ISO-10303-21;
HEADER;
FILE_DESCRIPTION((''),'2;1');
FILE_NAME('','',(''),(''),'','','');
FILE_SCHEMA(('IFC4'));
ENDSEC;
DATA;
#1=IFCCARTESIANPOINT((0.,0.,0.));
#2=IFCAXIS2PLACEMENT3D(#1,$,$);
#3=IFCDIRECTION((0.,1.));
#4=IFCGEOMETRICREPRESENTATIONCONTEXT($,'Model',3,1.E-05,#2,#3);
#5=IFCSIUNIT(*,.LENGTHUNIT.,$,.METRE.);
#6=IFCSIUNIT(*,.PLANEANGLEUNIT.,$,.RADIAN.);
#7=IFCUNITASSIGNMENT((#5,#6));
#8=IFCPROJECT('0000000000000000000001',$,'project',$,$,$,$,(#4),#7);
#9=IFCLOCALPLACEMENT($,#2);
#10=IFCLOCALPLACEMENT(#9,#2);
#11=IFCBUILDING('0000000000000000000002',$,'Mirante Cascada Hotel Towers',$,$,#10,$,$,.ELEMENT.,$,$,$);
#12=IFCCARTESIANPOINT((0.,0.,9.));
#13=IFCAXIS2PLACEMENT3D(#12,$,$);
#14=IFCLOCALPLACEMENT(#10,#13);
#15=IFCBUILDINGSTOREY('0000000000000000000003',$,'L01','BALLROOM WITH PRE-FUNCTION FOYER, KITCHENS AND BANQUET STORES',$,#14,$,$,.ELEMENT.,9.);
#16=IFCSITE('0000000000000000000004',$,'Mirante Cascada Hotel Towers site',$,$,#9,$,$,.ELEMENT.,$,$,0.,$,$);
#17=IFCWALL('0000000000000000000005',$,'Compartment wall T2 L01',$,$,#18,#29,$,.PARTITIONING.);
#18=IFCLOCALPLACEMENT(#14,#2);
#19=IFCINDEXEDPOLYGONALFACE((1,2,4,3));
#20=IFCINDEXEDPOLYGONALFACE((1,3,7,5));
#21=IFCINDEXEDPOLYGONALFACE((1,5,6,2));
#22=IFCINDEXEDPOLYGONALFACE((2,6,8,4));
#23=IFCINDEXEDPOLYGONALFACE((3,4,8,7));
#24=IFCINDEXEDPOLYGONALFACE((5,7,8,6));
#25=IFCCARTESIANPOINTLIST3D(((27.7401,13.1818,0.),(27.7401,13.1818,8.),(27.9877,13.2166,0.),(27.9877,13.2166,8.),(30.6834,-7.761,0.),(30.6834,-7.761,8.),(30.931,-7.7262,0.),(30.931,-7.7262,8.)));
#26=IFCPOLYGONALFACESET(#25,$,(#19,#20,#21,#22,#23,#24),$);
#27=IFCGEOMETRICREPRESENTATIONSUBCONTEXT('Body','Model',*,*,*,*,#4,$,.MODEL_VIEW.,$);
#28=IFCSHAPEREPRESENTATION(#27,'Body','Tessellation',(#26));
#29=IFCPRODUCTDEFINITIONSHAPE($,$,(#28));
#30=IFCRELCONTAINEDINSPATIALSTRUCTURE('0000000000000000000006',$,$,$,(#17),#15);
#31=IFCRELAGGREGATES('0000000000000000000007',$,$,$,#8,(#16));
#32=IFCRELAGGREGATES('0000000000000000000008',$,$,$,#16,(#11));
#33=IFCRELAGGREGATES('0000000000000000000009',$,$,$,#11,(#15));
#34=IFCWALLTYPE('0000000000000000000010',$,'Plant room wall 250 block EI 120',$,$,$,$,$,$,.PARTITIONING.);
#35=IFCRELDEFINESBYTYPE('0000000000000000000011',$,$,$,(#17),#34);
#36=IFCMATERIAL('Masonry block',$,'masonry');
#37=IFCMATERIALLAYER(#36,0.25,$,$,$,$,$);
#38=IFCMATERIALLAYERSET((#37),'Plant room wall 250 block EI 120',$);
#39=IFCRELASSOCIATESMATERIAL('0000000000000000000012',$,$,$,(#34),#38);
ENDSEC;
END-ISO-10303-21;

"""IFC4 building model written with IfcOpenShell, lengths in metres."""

from ifc_helpers import new_model, si_unit, direction, frame, frame_2d, origin, place, context, subcontext, project, spatial, rectangle, extrude, material, layer, layer_set, type_object, element, save


model = new_model("IFC4")

# Units and contexts
model_context = context("Model", 3, precision=1e-05, world=origin(), true_north=direction((0.0, 1.0)))
body_context = subcontext(model_context, "Body", "Model", "MODEL_VIEW")
ifc_project = project(units=[si_unit("LENGTHUNIT", "METRE"), si_unit("PLANEANGLEUNIT", "RADIAN")], contexts=[model_context])

# Site, building, storey
site_placement = place(None, origin())
site = spatial("IfcSite", under=ifc_project, at=site_placement, Name="Mirante Cascada Hotel Towers site", CompositionType="ELEMENT", RefElevation=0.0)
building_placement = place(site_placement, origin())
building = spatial("IfcBuilding", under=site, at=building_placement, Name="Mirante Cascada Hotel Towers", CompositionType="ELEMENT")
storey_placement = place(building_placement, frame((0.0, 0.0, 9.0)))
storey = spatial("IfcBuildingStorey", under=building, at=storey_placement, Name="L01", Description="BALLROOM WITH PRE-FUNCTION FOYER, KITCHENS AND BANQUET STORES", CompositionType="ELEMENT", Elevation=9.0)

# Wall
ifc_material_1 = material(Name="Masonry block", Category="masonry")
ifc_layer_1 = layer(ifc_material_1, 0.25)
ifc_layer_set_1 = layer_set([ifc_layer_1], Name="Plant room wall 250 block EI 120")
wall_type_1 = type_object("IfcWallType", Name="Plant room wall 250 block EI 120", PredefinedType="PARTITIONING", material=ifc_layer_set_1)
wall_1_placement = place(storey_placement, frame((30.8072, -7.7436, 0.0), z_axis=(0.0, 0.0, 1.0), x_axis=(-0.139172, 0.990268, 0.0)))
element("IfcWall", 1, at=wall_1_placement, inside=storey, type_object=wall_type_1, Name="Compartment wall T2 L01", PredefinedType="PARTITIONING", context=body_context, shape_type="SweptSolid", body=[
    extrude(rectangle(XDim=21.1486, YDim=0.25, at=frame_2d((10.5743, 0.0))), origin(), (0.0, 0.0, 1.0), 8.0),
])

save(model, "model.ifc")
